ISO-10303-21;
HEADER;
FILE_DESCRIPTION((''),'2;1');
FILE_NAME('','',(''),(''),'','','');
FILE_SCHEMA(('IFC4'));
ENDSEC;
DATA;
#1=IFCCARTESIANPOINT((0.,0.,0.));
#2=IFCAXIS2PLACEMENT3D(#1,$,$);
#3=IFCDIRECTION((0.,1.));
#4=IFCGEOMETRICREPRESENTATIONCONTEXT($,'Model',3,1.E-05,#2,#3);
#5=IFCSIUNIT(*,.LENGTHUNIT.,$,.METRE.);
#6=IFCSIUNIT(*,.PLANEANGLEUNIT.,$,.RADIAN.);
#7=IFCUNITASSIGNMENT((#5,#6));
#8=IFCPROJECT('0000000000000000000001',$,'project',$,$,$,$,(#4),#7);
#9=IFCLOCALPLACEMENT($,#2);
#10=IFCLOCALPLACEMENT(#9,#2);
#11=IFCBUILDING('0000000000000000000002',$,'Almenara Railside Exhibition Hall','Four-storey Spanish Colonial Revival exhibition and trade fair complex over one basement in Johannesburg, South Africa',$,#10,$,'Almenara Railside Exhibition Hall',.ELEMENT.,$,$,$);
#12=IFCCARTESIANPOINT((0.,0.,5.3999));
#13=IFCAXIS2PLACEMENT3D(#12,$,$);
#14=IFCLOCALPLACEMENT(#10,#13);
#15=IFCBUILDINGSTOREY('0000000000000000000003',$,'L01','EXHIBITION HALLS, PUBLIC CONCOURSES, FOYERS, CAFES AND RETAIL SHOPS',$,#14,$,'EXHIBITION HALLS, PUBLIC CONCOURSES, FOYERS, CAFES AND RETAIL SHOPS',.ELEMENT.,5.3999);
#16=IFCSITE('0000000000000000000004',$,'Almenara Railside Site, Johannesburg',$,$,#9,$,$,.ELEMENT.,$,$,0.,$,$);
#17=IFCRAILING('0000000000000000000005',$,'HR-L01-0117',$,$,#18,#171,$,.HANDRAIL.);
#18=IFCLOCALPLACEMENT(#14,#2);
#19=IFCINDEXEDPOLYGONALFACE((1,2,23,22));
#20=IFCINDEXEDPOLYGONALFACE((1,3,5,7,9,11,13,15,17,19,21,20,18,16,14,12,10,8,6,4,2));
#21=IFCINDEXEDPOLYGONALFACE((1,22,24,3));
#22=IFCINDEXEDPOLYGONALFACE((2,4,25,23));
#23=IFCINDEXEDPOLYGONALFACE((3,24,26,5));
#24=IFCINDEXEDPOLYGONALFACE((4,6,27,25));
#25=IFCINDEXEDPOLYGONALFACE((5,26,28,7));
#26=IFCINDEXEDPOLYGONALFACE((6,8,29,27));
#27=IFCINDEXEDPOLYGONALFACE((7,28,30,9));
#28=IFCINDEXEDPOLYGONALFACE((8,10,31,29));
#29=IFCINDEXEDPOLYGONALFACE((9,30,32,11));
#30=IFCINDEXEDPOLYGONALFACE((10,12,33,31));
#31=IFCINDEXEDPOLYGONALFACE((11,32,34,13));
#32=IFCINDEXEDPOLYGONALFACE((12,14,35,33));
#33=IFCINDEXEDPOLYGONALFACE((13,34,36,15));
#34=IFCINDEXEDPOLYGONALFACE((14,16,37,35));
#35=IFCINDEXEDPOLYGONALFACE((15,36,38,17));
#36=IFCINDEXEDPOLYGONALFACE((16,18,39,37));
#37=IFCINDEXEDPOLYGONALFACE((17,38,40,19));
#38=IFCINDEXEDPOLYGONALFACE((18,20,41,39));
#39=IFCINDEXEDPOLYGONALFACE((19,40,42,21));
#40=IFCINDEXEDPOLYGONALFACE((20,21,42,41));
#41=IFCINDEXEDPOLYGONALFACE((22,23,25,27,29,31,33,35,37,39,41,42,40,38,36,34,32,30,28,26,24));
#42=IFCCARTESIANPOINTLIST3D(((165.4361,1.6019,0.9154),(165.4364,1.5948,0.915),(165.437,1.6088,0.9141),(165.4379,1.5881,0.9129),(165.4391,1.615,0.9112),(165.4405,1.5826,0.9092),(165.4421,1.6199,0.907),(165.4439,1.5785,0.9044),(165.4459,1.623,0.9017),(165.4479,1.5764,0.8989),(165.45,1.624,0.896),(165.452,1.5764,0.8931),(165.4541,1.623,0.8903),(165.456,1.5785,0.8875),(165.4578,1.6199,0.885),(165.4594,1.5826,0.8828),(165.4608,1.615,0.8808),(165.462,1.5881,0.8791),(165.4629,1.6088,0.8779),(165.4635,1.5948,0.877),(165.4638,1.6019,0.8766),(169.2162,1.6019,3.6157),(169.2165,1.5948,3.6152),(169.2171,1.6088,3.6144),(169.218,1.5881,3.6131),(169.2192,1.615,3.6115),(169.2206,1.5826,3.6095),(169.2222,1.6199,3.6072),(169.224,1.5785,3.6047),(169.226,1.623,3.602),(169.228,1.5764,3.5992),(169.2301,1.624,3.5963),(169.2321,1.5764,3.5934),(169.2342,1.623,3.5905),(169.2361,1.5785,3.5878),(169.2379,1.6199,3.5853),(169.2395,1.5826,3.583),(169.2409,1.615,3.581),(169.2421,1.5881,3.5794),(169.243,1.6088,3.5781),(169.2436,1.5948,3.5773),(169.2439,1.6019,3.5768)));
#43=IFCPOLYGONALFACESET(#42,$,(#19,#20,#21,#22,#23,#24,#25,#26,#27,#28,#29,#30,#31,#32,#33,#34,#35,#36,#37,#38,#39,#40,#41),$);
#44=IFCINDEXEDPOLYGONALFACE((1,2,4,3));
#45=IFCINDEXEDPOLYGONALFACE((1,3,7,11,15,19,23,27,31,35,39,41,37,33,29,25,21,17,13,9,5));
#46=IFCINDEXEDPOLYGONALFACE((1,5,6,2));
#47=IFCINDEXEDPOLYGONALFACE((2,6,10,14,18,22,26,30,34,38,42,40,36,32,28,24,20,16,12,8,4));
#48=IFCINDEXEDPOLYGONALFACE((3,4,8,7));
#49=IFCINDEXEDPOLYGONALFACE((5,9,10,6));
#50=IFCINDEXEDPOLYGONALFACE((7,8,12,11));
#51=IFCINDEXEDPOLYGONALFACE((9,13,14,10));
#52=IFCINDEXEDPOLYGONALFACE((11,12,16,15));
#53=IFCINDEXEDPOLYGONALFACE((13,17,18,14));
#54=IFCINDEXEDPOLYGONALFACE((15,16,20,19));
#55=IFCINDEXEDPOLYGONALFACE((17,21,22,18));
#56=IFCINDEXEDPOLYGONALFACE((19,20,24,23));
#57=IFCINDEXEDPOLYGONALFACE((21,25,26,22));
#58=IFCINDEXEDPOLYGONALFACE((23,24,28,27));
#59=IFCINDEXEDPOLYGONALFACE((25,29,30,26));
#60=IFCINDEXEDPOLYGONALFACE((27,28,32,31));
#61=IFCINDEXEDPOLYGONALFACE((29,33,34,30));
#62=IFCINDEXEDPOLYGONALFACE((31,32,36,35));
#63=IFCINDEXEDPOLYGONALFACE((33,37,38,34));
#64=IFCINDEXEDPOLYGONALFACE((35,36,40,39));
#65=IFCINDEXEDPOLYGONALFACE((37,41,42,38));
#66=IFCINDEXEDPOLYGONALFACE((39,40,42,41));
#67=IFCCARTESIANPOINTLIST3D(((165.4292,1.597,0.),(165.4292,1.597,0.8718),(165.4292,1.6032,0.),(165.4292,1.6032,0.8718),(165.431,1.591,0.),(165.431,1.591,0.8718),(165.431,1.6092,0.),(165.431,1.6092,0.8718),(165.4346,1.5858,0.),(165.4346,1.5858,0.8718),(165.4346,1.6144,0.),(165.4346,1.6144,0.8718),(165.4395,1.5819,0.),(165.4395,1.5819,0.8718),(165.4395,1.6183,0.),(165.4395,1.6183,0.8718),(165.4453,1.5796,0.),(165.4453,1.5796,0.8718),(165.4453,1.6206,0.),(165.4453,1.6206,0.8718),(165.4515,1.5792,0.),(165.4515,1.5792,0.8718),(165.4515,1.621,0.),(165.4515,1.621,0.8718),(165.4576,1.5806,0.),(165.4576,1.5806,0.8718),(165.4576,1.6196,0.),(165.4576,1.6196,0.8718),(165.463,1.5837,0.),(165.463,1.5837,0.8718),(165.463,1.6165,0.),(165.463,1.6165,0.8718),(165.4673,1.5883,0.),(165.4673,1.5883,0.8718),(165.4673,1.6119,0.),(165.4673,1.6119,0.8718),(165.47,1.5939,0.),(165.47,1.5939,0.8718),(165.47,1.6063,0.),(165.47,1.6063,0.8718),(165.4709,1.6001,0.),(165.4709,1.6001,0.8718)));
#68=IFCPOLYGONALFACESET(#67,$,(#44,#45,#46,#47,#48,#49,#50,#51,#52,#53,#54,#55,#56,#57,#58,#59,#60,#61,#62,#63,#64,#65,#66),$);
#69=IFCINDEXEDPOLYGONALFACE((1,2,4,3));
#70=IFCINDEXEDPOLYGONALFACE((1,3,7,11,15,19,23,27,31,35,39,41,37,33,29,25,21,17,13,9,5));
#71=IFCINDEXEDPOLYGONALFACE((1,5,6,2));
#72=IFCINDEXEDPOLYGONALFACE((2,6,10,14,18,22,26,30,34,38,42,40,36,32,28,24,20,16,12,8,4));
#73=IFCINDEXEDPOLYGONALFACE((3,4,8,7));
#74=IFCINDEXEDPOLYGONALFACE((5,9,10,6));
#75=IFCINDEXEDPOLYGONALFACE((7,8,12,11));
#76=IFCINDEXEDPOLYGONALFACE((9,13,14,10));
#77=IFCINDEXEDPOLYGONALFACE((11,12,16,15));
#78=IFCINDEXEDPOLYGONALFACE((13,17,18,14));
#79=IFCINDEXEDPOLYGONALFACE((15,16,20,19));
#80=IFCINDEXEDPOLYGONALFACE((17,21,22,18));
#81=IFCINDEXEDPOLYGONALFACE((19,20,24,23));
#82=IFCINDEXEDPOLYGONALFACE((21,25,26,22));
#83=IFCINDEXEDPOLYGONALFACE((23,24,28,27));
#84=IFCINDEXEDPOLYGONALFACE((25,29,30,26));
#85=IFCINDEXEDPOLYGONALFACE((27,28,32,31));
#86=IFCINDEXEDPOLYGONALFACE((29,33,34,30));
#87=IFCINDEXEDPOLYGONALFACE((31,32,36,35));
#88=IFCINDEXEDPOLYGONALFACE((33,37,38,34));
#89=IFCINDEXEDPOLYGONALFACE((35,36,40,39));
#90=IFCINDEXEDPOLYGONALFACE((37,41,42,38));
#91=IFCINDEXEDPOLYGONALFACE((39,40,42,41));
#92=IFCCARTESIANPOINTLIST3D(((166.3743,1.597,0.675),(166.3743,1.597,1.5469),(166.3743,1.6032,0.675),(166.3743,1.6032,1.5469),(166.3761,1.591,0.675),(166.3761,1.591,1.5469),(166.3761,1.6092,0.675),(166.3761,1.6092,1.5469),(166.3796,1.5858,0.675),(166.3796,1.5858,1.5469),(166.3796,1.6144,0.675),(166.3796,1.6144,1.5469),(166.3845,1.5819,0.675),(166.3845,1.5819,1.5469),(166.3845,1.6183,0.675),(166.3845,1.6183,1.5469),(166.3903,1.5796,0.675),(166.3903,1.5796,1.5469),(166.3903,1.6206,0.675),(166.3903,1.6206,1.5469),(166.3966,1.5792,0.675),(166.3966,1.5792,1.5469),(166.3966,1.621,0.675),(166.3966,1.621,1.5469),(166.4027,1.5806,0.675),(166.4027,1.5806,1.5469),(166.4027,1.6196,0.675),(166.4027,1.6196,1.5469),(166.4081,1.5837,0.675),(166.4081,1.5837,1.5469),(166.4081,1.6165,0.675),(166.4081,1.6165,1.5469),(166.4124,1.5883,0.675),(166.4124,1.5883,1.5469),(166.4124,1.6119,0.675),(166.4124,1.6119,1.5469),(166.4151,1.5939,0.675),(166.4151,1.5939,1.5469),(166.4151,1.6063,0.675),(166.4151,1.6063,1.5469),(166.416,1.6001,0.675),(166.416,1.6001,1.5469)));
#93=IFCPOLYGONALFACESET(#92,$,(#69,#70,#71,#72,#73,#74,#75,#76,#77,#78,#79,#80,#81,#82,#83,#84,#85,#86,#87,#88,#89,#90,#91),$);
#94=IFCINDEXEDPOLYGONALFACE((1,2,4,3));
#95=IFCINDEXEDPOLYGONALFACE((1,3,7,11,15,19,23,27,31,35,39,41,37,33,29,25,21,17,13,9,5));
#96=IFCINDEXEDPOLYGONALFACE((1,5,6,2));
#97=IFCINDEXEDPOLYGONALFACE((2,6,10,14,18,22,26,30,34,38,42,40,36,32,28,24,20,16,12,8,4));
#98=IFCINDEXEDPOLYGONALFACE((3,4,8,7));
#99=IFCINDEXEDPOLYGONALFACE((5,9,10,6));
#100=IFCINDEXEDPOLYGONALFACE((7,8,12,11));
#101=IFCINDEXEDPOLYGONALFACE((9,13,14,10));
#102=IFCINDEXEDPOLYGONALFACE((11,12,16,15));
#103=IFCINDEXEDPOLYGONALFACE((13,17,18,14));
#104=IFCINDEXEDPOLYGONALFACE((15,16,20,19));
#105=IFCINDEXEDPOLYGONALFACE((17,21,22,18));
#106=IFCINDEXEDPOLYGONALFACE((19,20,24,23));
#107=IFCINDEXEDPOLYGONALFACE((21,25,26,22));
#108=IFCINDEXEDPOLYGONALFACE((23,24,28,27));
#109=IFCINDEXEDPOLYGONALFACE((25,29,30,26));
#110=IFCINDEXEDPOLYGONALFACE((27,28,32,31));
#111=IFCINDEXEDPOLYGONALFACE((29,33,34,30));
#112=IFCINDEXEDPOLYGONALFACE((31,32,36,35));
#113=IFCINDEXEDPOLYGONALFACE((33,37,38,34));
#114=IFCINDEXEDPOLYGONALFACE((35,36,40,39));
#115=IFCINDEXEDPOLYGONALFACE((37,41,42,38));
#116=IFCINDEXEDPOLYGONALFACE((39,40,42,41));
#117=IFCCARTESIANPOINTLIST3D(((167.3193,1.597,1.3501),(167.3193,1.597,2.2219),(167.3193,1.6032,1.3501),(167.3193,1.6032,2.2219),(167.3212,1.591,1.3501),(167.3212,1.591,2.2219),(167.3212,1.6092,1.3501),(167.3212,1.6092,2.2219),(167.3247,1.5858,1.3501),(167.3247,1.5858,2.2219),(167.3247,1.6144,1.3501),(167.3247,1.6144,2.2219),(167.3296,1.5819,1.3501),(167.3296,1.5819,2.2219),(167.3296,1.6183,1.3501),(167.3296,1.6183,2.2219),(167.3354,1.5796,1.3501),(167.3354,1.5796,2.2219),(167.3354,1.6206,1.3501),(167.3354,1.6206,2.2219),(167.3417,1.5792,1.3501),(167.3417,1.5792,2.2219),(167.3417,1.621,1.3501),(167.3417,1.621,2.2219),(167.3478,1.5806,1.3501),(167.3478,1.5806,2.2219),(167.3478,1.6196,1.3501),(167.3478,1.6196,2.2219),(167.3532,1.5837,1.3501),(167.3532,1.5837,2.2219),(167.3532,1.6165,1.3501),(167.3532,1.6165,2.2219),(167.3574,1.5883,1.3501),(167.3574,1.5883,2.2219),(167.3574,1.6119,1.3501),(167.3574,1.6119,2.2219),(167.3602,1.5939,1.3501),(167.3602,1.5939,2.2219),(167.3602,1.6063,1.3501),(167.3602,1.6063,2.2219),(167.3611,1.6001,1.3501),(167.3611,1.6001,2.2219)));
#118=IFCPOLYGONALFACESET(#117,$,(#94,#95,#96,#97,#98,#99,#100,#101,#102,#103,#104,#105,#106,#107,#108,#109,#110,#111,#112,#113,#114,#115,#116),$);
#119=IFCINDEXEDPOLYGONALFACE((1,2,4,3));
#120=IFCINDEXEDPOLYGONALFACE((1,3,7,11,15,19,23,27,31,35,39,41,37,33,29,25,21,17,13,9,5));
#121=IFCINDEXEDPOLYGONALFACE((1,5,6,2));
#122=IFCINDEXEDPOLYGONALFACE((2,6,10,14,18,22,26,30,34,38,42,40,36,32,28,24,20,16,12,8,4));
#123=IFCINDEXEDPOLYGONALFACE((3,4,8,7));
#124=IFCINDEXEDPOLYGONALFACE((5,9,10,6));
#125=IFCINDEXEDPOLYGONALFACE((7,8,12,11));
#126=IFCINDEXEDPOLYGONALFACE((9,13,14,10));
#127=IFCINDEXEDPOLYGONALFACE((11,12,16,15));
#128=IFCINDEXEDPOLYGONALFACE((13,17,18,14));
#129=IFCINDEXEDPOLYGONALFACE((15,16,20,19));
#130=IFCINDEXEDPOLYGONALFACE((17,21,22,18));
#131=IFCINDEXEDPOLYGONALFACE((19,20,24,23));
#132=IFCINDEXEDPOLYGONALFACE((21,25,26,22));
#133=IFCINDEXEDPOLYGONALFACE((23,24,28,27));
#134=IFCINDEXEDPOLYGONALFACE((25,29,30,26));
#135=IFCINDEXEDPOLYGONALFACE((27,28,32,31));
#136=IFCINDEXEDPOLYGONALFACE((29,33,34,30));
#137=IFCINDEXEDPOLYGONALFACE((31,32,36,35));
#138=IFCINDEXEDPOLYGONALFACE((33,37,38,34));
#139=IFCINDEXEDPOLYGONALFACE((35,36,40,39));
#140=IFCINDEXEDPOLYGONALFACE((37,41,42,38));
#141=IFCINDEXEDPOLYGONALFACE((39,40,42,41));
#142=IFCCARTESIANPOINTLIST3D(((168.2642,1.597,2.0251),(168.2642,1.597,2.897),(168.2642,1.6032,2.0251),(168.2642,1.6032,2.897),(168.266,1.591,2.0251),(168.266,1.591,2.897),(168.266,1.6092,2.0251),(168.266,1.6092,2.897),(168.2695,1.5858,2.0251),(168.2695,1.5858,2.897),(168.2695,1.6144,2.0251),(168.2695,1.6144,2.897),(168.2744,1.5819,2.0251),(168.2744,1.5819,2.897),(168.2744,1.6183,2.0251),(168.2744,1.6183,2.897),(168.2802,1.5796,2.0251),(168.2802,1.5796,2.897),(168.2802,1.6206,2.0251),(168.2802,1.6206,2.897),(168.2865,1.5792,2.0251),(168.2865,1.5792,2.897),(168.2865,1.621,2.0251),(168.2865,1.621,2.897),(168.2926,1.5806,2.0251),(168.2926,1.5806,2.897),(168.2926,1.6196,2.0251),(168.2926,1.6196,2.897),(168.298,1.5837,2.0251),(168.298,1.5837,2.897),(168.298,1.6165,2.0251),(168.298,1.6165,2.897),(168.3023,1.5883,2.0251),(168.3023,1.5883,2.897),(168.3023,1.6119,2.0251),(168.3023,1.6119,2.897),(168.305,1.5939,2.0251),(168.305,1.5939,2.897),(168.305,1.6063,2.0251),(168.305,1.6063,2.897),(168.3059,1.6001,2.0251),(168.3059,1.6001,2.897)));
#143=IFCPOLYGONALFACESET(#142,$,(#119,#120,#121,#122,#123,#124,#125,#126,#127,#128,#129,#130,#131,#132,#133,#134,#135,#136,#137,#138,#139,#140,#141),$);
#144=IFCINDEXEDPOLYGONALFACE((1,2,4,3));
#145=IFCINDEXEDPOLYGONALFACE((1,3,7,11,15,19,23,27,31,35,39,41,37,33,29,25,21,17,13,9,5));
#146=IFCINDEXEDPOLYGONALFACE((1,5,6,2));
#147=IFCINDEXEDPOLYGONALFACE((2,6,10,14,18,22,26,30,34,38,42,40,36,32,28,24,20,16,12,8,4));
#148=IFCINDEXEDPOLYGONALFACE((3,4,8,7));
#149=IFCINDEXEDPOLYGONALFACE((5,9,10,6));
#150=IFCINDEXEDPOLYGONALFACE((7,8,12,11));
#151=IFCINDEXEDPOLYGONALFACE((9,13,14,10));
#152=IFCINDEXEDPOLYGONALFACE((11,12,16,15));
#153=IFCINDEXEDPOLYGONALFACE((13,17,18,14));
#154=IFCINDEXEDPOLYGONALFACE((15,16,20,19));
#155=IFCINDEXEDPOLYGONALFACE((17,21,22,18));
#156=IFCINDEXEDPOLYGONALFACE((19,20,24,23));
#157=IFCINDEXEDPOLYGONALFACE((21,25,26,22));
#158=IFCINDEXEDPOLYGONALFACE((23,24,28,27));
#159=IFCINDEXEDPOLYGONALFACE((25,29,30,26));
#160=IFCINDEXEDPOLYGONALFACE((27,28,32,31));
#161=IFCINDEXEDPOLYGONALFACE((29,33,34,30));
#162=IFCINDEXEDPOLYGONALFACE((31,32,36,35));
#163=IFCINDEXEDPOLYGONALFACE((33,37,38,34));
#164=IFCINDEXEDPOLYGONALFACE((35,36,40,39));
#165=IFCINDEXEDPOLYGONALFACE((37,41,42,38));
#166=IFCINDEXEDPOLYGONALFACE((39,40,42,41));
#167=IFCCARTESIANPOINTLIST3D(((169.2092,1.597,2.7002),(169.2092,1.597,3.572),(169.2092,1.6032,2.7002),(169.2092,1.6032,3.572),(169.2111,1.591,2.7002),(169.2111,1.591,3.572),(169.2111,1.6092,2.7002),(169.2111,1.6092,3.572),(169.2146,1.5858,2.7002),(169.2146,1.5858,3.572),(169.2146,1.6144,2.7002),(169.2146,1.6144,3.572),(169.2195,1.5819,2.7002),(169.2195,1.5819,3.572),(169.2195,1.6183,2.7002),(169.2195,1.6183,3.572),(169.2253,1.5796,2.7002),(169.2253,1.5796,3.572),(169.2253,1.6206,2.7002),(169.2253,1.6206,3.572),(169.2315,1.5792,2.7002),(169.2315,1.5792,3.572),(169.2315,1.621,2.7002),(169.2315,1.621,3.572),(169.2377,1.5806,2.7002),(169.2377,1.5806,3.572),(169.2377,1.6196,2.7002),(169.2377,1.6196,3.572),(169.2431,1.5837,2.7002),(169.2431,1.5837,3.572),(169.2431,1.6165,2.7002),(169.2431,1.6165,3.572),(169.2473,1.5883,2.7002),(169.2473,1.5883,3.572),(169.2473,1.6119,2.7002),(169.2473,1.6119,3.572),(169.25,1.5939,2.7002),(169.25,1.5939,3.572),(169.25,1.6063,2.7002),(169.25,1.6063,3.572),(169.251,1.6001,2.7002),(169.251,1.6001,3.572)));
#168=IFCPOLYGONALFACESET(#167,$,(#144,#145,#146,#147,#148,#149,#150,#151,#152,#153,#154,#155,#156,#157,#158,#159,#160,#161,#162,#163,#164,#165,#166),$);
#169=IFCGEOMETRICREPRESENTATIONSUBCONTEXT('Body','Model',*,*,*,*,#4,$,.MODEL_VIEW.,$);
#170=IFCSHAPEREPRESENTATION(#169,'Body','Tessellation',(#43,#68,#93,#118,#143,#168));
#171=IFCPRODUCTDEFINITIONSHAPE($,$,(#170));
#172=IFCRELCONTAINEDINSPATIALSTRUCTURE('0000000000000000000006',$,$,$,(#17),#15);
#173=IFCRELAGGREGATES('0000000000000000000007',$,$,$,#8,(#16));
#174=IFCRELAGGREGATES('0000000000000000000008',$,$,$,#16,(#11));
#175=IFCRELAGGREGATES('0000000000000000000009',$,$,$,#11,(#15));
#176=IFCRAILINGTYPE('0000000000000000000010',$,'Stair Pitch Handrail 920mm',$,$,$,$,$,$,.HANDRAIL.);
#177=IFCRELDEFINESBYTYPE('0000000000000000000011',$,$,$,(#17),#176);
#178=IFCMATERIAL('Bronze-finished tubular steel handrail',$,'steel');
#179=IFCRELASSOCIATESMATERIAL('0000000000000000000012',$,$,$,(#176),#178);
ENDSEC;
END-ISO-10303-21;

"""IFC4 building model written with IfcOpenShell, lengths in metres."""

from ifc_helpers import new_model, si_unit, direction, frame, origin, origin_2d, place, context, subcontext, project, spatial, circle, extrude, material, type_object, element, save


model = new_model("IFC4")

# Units and contexts
model_context = context("Model", 3, precision=1e-05, world=origin(), true_north=direction((0.0, 1.0)))
body_context = subcontext(model_context, "Body", "Model", "MODEL_VIEW")
ifc_project = project(units=[si_unit("LENGTHUNIT", "METRE"), si_unit("PLANEANGLEUNIT", "RADIAN")], contexts=[model_context])

# Site, building, storey
site_placement = place(None, origin())
site = spatial("IfcSite", under=ifc_project, at=site_placement, Name="Almenara Railside Site, Johannesburg", CompositionType="ELEMENT", RefElevation=0.0)
building_placement = place(site_placement, origin())
building = spatial("IfcBuilding", under=site, at=building_placement, Name="Almenara Railside Exhibition Hall", Description="Four-storey Spanish Colonial Revival exhibition and trade fair complex over one basement in Johannesburg, South Africa", LongName="Almenara Railside Exhibition Hall", CompositionType="ELEMENT")
storey_placement = place(building_placement, frame((0.0, 0.0, 5.3999)))
storey = spatial("IfcBuildingStorey", under=building, at=storey_placement, Name="L01", Description="EXHIBITION HALLS, PUBLIC CONCOURSES, FOYERS, CAFES AND RETAIL SHOPS", LongName="EXHIBITION HALLS, PUBLIC CONCOURSES, FOYERS, CAFES AND RETAIL SHOPS", CompositionType="ELEMENT", Elevation=5.3999)

# Railing
ifc_material_1 = material(Name="Bronze-finished tubular steel handrail", Category="steel")
railing_type_1 = type_object("IfcRailingType", Name="Stair Pitch Handrail 920mm", PredefinedType="HANDRAIL", material=ifc_material_1)
railing_1_placement = place(storey_placement, frame((165.45, 1.6001, 0.0)))
element("IfcRailing", 1, at=railing_1_placement, inside=storey, type_object=railing_type_1, Name="HR-L01-0117", PredefinedType="HANDRAIL", context=body_context, shape_type="SweptSolid", body=[
    extrude(circle(Radius=0.0239, at=origin_2d()), frame((0.0, 0.0, 0.896), z_axis=(0.813716, 0.0, 0.581263), x_axis=(0.0, 1.0, 0.0)), (0.0, 0.0, 1.0), 4.6455),
    extrude(circle(Radius=0.021, at=origin_2d()), origin(), (0.0, 0.0, 1.0), 0.8718),
    extrude(circle(Radius=0.021, at=origin_2d()), frame((0.9451, 0.0, 0.675)), (0.0, 0.0, 1.0), 0.8718),
    extrude(circle(Radius=0.021, at=origin_2d()), frame((1.8901, 0.0, 1.3501)), (0.0, 0.0, 1.0), 0.8718),
    extrude(circle(Radius=0.021, at=origin_2d()), frame((2.835, 0.0, 2.0251)), (0.0, 0.0, 1.0), 0.8718),
    extrude(circle(Radius=0.021, at=origin_2d()), frame((3.78, 0.0, 2.7002)), (0.0, 0.0, 1.0), 0.8718),
])

save(model, "model.ifc")
